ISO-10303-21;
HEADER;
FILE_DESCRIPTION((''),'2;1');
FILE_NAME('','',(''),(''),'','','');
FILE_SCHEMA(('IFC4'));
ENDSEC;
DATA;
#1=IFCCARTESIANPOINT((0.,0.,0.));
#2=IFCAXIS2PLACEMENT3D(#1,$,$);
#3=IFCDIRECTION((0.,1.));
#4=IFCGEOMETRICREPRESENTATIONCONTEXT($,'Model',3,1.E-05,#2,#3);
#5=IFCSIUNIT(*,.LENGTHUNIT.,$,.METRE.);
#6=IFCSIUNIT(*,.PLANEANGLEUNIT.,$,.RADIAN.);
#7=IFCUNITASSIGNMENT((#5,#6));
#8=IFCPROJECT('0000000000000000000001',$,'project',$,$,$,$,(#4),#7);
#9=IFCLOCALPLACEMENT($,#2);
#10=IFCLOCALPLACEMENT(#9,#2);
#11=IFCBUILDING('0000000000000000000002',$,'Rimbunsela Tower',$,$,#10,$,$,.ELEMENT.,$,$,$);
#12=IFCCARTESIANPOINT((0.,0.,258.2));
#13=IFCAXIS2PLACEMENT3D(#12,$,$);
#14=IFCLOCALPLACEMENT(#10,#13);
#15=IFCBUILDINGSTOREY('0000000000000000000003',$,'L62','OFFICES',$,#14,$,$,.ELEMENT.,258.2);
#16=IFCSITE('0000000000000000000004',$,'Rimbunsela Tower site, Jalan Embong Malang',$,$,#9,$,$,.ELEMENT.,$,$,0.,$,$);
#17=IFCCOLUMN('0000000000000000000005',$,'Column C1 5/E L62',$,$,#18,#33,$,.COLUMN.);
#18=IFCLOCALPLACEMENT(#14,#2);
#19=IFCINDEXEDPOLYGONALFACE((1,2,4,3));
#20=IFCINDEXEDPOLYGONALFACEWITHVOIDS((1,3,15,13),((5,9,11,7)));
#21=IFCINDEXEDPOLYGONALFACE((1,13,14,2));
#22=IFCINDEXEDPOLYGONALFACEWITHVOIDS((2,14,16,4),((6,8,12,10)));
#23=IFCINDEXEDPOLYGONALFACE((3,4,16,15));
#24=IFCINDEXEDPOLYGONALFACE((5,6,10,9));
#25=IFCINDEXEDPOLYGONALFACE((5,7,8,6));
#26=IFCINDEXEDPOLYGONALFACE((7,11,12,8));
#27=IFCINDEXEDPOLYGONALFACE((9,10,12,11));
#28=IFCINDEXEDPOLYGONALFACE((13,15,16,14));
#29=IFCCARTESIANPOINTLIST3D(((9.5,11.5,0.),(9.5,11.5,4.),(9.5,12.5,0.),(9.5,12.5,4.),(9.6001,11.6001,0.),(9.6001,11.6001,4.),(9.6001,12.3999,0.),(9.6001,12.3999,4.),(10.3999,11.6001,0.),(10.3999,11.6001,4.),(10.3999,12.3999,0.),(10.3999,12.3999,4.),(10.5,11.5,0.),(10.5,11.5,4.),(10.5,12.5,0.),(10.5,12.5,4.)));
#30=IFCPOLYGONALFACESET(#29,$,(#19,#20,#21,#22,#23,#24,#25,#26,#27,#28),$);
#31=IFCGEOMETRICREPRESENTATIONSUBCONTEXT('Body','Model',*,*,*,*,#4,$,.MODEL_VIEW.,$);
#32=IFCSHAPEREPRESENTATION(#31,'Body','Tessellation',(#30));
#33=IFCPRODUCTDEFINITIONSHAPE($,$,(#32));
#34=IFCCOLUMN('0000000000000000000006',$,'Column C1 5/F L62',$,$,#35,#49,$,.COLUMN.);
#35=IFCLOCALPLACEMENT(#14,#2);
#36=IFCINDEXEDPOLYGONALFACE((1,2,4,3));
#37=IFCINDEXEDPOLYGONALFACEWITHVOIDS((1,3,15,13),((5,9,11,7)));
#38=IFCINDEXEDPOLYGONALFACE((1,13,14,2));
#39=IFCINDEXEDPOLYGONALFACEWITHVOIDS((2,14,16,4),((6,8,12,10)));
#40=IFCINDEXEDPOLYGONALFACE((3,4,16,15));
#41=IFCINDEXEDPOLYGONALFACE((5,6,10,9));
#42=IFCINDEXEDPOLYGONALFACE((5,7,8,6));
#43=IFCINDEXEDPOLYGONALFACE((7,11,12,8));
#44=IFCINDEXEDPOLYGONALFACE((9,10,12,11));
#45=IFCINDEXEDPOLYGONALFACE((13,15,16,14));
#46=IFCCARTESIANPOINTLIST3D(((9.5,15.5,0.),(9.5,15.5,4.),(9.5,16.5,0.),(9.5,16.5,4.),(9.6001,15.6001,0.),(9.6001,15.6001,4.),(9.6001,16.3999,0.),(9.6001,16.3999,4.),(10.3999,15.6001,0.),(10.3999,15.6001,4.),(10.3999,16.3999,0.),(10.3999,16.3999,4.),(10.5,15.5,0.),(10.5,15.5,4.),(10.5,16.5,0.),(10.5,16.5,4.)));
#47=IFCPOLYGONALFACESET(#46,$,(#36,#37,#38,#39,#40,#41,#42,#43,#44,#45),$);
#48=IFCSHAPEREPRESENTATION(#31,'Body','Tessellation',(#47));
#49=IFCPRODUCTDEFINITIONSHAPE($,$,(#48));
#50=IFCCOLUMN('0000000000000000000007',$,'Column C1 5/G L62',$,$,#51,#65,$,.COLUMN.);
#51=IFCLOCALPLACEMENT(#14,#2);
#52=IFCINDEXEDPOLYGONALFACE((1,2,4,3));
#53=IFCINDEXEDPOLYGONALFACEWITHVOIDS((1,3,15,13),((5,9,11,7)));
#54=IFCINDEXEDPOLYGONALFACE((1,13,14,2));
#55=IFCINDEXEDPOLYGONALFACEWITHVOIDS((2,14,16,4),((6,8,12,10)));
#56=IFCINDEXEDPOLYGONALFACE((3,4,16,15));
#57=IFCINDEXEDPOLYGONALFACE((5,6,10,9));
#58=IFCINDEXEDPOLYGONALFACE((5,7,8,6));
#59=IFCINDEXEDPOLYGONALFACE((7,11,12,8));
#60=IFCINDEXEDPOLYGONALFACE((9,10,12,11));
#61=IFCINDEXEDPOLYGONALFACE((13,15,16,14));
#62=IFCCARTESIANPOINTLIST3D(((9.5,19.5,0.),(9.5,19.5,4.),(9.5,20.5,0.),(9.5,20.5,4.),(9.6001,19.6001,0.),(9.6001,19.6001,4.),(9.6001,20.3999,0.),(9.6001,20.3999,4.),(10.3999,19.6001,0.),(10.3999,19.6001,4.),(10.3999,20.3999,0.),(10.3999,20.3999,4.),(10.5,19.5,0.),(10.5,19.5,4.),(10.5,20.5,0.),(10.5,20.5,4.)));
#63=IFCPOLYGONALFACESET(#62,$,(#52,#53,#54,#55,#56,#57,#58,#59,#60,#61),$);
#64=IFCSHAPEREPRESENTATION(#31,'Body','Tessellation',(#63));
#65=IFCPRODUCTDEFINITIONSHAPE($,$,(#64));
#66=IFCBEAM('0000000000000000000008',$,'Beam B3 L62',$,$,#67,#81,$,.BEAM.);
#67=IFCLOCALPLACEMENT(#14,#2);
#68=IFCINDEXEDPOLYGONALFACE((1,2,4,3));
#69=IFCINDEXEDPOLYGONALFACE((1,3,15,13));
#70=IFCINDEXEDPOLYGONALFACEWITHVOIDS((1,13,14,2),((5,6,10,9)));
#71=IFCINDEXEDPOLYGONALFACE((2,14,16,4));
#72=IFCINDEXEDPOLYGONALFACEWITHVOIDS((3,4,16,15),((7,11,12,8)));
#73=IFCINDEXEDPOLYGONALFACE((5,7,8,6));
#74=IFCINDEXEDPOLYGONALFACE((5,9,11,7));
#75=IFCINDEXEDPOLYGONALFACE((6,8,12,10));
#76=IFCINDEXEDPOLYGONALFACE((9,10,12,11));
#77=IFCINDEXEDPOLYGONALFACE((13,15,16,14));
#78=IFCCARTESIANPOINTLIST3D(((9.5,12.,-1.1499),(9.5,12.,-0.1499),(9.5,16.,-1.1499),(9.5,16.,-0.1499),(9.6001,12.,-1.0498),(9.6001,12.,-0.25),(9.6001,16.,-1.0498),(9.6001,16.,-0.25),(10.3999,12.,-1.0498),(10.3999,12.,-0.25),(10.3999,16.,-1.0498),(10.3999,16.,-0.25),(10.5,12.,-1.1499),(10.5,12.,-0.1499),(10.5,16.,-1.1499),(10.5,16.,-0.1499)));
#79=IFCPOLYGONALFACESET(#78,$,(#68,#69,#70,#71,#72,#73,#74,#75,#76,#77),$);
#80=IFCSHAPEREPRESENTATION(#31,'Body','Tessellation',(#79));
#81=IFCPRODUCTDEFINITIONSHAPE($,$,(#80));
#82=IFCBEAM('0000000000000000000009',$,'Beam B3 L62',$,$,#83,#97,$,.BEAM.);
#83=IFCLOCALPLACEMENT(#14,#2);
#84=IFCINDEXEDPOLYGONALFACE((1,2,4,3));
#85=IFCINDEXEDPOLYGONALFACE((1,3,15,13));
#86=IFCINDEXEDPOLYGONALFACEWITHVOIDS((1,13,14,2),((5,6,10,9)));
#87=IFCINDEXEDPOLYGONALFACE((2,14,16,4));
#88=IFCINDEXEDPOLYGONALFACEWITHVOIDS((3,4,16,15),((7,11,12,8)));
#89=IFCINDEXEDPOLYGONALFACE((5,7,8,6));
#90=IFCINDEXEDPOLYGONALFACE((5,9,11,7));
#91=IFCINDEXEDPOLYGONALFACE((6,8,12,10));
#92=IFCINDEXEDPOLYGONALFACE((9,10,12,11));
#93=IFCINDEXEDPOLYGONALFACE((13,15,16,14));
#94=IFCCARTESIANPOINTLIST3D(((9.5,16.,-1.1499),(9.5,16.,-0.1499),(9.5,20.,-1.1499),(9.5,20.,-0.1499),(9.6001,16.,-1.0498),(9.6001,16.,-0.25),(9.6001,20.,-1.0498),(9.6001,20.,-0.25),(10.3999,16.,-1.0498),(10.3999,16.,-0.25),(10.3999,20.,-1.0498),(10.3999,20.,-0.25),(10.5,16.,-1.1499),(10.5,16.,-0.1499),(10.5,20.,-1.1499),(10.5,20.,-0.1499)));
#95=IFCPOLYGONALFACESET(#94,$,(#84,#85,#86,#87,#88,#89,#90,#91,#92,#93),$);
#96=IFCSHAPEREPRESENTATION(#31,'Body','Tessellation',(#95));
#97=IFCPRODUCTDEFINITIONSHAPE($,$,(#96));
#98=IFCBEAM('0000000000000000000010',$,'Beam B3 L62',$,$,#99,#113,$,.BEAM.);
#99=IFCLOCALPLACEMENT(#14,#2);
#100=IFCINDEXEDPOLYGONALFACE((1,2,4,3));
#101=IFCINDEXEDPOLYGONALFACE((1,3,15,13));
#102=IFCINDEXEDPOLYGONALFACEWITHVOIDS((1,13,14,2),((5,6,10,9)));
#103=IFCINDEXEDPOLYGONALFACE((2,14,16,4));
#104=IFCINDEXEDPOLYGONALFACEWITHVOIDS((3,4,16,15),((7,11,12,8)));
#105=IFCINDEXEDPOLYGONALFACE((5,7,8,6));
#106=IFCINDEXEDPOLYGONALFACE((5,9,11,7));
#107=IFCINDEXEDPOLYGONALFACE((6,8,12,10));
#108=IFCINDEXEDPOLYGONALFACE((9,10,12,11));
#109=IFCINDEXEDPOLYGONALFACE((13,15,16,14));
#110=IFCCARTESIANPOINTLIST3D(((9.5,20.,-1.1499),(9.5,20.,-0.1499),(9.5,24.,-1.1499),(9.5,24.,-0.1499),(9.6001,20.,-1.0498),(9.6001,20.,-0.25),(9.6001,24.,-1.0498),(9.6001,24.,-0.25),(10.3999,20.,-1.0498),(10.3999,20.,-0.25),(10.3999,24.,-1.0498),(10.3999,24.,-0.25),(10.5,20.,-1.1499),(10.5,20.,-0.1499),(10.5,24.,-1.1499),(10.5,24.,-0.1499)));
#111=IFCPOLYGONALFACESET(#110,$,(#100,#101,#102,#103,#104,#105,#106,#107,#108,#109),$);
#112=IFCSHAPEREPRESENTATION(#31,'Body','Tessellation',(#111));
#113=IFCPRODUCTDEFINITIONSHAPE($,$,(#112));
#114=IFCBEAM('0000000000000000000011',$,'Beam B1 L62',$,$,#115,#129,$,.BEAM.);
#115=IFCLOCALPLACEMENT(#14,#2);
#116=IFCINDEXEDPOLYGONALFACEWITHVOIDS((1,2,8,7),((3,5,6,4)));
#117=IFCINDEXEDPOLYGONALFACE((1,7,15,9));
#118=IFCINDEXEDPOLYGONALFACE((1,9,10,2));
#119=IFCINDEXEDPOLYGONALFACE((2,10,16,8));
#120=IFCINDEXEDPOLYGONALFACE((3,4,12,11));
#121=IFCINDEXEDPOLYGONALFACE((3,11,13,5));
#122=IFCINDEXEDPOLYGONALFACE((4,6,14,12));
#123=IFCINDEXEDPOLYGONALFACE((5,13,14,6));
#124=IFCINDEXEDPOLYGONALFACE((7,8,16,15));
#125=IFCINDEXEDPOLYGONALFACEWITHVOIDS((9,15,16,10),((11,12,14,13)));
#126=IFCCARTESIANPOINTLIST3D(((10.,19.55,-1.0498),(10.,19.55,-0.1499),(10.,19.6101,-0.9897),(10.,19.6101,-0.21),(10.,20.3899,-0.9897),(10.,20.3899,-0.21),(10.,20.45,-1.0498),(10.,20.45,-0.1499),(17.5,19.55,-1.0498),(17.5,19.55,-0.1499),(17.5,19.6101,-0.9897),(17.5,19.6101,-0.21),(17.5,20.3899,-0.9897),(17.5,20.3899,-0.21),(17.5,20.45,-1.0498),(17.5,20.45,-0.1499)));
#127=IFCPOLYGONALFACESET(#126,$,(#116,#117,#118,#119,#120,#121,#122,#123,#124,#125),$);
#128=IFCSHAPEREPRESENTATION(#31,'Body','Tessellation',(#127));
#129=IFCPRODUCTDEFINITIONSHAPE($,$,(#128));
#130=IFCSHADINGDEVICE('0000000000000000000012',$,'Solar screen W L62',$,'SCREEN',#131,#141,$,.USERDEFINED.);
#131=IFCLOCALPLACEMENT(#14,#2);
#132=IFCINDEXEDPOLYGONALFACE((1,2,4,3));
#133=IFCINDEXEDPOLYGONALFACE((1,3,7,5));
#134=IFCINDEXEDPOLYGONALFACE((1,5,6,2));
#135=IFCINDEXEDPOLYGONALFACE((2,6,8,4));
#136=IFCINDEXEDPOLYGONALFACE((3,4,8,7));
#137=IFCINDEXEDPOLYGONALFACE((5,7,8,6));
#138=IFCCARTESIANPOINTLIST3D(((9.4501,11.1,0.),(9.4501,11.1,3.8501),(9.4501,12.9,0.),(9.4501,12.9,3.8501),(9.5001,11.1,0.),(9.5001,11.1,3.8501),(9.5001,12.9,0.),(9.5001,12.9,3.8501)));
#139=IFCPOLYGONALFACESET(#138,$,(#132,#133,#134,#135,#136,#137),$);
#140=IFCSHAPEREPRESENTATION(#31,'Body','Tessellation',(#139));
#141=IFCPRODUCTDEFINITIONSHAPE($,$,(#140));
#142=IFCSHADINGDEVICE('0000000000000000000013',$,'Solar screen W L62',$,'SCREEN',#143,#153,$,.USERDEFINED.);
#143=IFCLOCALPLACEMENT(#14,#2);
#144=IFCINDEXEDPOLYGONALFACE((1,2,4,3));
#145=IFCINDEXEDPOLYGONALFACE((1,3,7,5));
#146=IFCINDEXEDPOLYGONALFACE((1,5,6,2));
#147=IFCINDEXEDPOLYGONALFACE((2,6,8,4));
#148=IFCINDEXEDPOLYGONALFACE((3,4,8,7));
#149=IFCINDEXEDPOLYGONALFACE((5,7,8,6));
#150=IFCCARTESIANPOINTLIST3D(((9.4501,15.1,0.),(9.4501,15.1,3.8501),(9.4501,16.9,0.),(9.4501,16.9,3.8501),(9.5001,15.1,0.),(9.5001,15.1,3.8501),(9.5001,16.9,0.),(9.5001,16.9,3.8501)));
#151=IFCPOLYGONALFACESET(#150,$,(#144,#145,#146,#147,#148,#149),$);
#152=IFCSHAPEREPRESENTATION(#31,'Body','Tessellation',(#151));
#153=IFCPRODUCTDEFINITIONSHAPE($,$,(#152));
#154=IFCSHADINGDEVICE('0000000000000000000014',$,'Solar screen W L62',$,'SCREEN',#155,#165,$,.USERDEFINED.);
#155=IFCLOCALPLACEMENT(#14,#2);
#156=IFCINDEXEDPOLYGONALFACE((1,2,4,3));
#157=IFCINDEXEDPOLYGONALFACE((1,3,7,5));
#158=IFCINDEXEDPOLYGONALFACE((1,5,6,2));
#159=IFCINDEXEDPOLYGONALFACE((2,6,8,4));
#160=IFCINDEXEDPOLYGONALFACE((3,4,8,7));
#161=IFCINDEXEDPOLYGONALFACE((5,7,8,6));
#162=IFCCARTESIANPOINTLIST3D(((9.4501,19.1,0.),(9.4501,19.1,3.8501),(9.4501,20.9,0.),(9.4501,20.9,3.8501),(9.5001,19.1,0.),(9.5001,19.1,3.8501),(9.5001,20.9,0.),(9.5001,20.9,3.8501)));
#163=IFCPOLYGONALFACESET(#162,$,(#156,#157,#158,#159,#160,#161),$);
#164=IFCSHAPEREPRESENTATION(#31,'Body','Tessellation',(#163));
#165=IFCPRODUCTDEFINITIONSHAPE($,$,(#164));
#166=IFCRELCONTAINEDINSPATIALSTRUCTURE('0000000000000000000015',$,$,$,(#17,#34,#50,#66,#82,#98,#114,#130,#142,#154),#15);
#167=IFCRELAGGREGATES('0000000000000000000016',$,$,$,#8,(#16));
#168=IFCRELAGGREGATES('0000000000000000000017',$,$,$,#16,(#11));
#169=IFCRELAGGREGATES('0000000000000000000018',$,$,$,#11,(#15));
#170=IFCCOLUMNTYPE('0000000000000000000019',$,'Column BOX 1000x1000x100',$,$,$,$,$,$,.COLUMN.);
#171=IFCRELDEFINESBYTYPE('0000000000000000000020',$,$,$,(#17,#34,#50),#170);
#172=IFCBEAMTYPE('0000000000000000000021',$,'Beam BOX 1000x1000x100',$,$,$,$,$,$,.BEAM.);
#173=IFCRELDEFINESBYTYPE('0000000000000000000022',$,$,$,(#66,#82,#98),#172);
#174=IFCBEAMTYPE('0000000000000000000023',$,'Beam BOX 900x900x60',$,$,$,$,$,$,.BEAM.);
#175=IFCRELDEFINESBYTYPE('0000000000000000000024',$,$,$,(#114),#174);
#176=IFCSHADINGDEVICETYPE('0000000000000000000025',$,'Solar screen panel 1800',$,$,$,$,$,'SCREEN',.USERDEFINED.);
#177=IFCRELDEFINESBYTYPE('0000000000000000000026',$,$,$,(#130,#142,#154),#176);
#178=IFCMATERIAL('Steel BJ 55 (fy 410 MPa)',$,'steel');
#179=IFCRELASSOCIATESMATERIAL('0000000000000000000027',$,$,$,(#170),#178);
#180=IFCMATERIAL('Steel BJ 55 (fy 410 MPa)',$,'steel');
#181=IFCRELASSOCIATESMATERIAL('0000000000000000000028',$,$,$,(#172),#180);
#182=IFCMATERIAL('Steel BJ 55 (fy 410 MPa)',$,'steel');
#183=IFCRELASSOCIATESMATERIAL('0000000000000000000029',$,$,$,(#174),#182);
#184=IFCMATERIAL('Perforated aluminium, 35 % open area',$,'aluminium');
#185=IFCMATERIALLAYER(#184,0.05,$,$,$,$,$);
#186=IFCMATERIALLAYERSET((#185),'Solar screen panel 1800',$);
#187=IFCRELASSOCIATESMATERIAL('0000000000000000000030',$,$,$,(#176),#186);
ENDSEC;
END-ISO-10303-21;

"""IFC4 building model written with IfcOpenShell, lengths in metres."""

from ifc_helpers import new_model, si_unit, direction, frame, origin, origin_2d, place, context, subcontext, project, spatial, rectangle, hollow_rectangle, extrude, material, layer, layer_set, material_profile, profile_set, type_object, element, save


model = new_model("IFC4")

# Units and contexts
model_context = context("Model", 3, precision=1e-05, world=origin(), true_north=direction((0.0, 1.0)))
body_context = subcontext(model_context, "Body", "Model", "MODEL_VIEW")
ifc_project = project(units=[si_unit("LENGTHUNIT", "METRE"), si_unit("PLANEANGLEUNIT", "RADIAN")], contexts=[model_context])

# Site, building, storey
site_placement = place(None, origin())
site = spatial("IfcSite", under=ifc_project, at=site_placement, Name="Rimbunsela Tower site, Jalan Embong Malang", CompositionType="ELEMENT", RefElevation=0.0)
building_placement = place(site_placement, origin())
building = spatial("IfcBuilding", under=site, at=building_placement, Name="Rimbunsela Tower", CompositionType="ELEMENT")
storey_placement = place(building_placement, frame((0.0, 0.0, 258.2)))
storey = spatial("IfcBuildingStorey", under=building, at=storey_placement, Name="L62", Description="OFFICES", CompositionType="ELEMENT", Elevation=258.2)

# Columns
ifc_material_1 = material(Name="Steel BJ 55 (fy 410 MPa)", Category="steel")
ifc_material_profile_1 = material_profile(ifc_material_1, hollow_rectangle(XDim=1.0, YDim=1.0, WallThickness=0.1001, at=origin_2d()), Name="BOX 1000x1000x100")
ifc_profile_set_1 = profile_set([ifc_material_profile_1], Name="Steel BJ 55 (fy 410 MPa)")
column_type = type_object("IfcColumnType", Name="Column BOX 1000x1000x100", PredefinedType="COLUMN", material=ifc_profile_set_1)
for number, where, z_axis, x_axis, name in (
    (1, (10.0, 12.0, 0.0), (0.0, 0.0, 1.0), (1.0, 0.0, 0.0), "Column C1 5/E L62"),
    (2, (10.0, 16.0, 0.0), (0.0, 0.0, 1.0), (1.0, 0.0, 0.0), "Column C1 5/F L62"),
    (3, (10.0, 20.0, 0.0), (0.0, 0.0, 1.0), (1.0, 0.0, 0.0), "Column C1 5/G L62"),
):
    element("IfcColumn", number, at=place(storey_placement, frame(where, z_axis=z_axis, x_axis=x_axis)), inside=storey, type_object=column_type, Name=name, PredefinedType="COLUMN", context=body_context, shape_type="SweptSolid", body=[
        extrude(hollow_rectangle(XDim=1.0, YDim=1.0, WallThickness=0.1001, at=origin_2d()), origin(), (0.0, 0.0, 1.0), 4.0),
    ])

# Beams
ifc_material_2 = material(Name="Steel BJ 55 (fy 410 MPa)", Category="steel")
ifc_material_profile_2 = material_profile(ifc_material_2, hollow_rectangle(XDim=1.0, YDim=1.0, WallThickness=0.1001, at=origin_2d()), Name="BOX 1000x1000x100")
ifc_profile_set_2 = profile_set([ifc_material_profile_2], Name="Steel BJ 55 (fy 410 MPa)")
beam_type_1 = type_object("IfcBeamType", Name="Beam BOX 1000x1000x100", PredefinedType="BEAM", material=ifc_profile_set_2)
for number, where, z_axis, x_axis, name in (
    (4, (10.0, 12.0, -0.6499), (0.0, 1.0, 0.0), (-1.0, 0.0, 0.0), "Beam B3 L62"),
    (5, (10.0, 16.0, -0.6499), (0.0, 1.0, 0.0), (-1.0, 0.0, 0.0), "Beam B3 L62"),
    (6, (10.0, 20.0, -0.6499), (0.0, 1.0, 0.0), (-1.0, 0.0, 0.0), "Beam B3 L62"),
):
    element("IfcBeam", number, at=place(storey_placement, frame(where, z_axis=z_axis, x_axis=x_axis)), inside=storey, type_object=beam_type_1, Name=name, PredefinedType="BEAM", context=body_context, shape_type="SweptSolid", body=[
        extrude(hollow_rectangle(XDim=1.0, YDim=1.0, WallThickness=0.1001, at=origin_2d()), origin(), (0.0, 0.0, 1.0), 4.0),
    ])
ifc_material_3 = material(Name="Steel BJ 55 (fy 410 MPa)", Category="steel")
ifc_material_profile_3 = material_profile(ifc_material_3, hollow_rectangle(XDim=0.8999, YDim=0.8999, WallThickness=0.0601, at=origin_2d()), Name="BOX 900x900x60")
ifc_profile_set_3 = profile_set([ifc_material_profile_3], Name="Steel BJ 55 (fy 410 MPa)")
beam_type_2 = type_object("IfcBeamType", Name="Beam BOX 900x900x60", PredefinedType="BEAM", material=ifc_profile_set_3)
beam_placement = place(storey_placement, frame((10.0, 20.0, -0.5999), z_axis=(1.0, 0.0, 0.0), x_axis=(0.0, 1.0, 0.0)))
element("IfcBeam", 7, at=beam_placement, inside=storey, type_object=beam_type_2, Name="Beam B1 L62", PredefinedType="BEAM", context=body_context, shape_type="SweptSolid", body=[
    extrude(hollow_rectangle(XDim=0.8999, YDim=0.8999, WallThickness=0.0601, at=origin_2d()), origin(), (0.0, 0.0, 1.0), 7.5),
])

# Shading devices
ifc_material_4 = material(Name="Perforated aluminium, 35 % open area", Category="aluminium")
ifc_layer = layer(ifc_material_4, 0.05)
ifc_layer_set = layer_set([ifc_layer], Name="Solar screen panel 1800")
shading_device_type = type_object("IfcShadingDeviceType", Name="Solar screen panel 1800", ElementType="SCREEN", PredefinedType="USERDEFINED", material=ifc_layer_set)
for number, where, z_axis, x_axis, name in (
    (8, (9.4751, 12.0, 0.0), (0.0, 0.0, 1.0), (0.0, 1.0, 0.0), "Solar screen W L62"),
    (9, (9.4751, 16.0, 0.0), (0.0, 0.0, 1.0), (0.0, 1.0, 0.0), "Solar screen W L62"),
    (10, (9.4751, 20.0, 0.0), (0.0, 0.0, 1.0), (0.0, 1.0, 0.0), "Solar screen W L62"),
):
    element("IfcShadingDevice", number, at=place(storey_placement, frame(where, z_axis=z_axis, x_axis=x_axis)), inside=storey, type_object=shading_device_type, Name=name, ObjectType="SCREEN", PredefinedType="USERDEFINED", context=body_context, shape_type="SweptSolid", body=[
        extrude(rectangle(XDim=1.8, YDim=0.05, at=origin_2d()), origin(), (0.0, 0.0, 1.0), 3.8501),
    ])

save(model, "model.ifc")
